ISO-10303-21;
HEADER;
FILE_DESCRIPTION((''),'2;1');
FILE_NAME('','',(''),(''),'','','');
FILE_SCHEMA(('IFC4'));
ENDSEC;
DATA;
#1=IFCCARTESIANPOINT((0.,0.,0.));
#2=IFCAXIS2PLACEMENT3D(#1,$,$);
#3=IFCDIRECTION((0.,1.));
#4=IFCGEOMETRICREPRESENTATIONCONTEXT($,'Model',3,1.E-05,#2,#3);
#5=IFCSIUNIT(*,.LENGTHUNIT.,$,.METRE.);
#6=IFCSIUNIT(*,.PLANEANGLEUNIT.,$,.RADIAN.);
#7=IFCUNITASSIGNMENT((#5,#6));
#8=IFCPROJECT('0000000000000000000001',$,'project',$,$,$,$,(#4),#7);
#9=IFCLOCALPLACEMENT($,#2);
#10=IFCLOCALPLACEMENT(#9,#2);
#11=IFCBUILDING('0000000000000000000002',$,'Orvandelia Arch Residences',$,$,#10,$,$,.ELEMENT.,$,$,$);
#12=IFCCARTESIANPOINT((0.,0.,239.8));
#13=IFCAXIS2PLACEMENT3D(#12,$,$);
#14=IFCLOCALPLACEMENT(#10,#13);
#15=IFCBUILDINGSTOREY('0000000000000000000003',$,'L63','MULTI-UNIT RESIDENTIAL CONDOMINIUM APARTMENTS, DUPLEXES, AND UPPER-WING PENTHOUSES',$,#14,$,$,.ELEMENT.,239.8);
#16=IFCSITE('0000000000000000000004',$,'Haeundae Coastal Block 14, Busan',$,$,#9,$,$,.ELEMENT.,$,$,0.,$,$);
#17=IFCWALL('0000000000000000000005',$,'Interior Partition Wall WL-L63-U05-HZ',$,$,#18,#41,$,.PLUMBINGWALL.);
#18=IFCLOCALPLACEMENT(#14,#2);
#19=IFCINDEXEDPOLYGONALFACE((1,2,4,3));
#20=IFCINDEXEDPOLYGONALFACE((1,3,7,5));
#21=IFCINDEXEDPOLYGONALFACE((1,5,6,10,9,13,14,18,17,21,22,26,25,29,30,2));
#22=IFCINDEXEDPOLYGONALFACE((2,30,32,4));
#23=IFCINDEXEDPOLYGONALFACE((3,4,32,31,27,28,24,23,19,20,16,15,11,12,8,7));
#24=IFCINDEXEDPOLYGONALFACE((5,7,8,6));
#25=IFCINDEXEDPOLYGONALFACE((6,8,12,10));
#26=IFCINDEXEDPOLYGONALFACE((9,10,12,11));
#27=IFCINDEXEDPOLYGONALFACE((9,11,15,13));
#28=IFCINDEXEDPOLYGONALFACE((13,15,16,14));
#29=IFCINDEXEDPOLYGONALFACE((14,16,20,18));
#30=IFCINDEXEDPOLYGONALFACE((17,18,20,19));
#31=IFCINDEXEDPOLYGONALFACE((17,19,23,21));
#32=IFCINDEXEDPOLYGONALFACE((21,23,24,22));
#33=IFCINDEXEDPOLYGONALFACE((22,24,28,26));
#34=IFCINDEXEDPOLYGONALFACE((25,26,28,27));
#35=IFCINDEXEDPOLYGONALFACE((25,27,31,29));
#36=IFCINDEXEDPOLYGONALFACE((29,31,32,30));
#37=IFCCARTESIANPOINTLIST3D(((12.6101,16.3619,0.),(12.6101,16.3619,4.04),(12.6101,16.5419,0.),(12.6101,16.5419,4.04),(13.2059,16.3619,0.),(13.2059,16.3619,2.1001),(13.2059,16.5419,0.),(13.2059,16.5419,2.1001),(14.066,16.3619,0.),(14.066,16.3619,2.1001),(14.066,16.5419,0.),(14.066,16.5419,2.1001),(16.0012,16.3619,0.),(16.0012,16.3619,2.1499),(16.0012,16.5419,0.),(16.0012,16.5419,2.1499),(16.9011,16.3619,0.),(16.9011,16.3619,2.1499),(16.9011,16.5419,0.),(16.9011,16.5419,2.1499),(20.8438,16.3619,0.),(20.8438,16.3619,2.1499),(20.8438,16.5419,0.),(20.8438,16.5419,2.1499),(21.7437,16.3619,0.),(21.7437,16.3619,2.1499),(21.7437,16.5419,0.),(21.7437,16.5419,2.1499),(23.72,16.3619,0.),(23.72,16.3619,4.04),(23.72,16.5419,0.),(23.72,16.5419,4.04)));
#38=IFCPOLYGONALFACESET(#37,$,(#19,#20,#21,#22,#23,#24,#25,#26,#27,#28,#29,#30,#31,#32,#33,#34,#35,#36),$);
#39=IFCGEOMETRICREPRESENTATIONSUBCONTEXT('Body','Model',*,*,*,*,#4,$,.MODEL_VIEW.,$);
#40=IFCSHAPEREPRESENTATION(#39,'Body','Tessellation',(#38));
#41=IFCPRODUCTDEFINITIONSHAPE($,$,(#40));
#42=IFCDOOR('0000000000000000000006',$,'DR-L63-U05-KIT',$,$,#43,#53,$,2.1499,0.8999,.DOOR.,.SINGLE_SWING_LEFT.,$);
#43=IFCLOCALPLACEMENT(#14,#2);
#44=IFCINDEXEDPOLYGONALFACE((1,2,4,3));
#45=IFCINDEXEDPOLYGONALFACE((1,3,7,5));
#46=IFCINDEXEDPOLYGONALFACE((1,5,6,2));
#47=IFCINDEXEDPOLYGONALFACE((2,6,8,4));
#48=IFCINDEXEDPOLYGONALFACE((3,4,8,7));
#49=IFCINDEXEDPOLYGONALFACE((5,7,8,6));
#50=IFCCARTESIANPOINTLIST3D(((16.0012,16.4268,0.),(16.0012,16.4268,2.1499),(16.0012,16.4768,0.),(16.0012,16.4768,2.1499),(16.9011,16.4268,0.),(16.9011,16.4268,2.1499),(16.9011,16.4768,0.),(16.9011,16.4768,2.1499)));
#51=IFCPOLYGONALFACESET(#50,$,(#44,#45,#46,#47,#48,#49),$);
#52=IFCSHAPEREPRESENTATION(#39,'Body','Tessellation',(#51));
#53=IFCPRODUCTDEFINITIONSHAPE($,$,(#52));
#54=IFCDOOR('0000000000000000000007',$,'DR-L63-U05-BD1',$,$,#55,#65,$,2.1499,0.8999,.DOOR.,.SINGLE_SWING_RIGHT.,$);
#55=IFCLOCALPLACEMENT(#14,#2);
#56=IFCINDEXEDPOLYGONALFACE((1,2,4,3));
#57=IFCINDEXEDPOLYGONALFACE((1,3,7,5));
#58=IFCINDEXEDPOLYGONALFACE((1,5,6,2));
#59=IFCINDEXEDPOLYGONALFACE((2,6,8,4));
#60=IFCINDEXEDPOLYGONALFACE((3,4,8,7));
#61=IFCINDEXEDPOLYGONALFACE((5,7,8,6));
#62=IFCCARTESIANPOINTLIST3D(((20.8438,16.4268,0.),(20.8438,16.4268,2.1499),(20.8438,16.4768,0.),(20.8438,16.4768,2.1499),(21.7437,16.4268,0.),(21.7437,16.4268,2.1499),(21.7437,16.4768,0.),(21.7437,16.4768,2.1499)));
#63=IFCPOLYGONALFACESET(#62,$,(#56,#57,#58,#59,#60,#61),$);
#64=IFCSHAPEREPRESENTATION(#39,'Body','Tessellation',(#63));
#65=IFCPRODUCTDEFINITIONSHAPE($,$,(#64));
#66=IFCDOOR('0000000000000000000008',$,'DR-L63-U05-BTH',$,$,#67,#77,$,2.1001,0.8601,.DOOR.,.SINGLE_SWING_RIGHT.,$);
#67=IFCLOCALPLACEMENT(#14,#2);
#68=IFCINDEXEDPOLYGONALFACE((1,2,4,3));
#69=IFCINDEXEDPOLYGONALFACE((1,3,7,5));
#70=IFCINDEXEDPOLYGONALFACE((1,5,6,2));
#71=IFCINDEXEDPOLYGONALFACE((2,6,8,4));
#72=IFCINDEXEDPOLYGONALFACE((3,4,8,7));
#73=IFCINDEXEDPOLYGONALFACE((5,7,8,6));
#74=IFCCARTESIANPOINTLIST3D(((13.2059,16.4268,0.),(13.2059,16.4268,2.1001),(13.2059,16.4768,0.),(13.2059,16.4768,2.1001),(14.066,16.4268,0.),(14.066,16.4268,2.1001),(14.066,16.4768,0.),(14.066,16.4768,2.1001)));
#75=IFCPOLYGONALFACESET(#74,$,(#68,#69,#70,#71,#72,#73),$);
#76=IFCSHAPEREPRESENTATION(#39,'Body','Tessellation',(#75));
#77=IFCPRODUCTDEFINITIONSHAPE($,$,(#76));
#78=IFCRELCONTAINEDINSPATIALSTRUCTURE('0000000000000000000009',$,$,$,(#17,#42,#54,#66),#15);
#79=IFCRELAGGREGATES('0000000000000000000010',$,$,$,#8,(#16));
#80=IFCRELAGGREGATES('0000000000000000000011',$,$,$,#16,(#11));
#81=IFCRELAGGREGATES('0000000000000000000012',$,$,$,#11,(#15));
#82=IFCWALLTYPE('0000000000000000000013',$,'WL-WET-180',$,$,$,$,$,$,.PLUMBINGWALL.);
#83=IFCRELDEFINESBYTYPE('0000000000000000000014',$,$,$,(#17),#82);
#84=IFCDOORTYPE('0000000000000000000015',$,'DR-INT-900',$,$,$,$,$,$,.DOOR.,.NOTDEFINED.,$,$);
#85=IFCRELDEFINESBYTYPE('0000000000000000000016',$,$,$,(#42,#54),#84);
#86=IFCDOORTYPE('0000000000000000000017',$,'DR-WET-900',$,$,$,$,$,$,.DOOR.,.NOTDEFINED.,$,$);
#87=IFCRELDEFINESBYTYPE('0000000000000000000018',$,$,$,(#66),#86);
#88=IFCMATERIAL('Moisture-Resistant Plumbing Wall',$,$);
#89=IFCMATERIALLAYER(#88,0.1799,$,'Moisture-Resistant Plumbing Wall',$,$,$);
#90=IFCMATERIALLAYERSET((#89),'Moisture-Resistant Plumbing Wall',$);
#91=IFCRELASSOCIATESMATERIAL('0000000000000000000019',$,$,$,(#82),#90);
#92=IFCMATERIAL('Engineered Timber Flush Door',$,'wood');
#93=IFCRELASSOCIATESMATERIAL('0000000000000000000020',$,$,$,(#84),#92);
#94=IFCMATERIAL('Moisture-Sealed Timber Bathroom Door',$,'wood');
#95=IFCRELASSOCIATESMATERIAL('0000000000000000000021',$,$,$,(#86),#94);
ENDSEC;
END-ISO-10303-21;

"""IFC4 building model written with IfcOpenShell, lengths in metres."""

from ifc_helpers import new_model, si_unit, direction, frame, frame_2d, origin, place, context, subcontext, project, spatial, rectangle, extrude, material, layer, layer_set, type_object, element, fill, save


model = new_model("IFC4")

# Units and contexts
model_context = context("Model", 3, precision=1e-05, world=origin(), true_north=direction((0.0, 1.0)))
body_context = subcontext(model_context, "Body", "Model", "MODEL_VIEW")
ifc_project = project(units=[si_unit("LENGTHUNIT", "METRE"), si_unit("PLANEANGLEUNIT", "RADIAN")], contexts=[model_context])

# Site, building, storey
site_placement = place(None, origin())
site = spatial("IfcSite", under=ifc_project, at=site_placement, Name="Haeundae Coastal Block 14, Busan", CompositionType="ELEMENT", RefElevation=0.0)
building_placement = place(site_placement, origin())
building = spatial("IfcBuilding", under=site, at=building_placement, Name="Orvandelia Arch Residences", CompositionType="ELEMENT")
storey_placement = place(building_placement, frame((0.0, 0.0, 239.8)))
storey = spatial("IfcBuildingStorey", under=building, at=storey_placement, Name="L63", Description="MULTI-UNIT RESIDENTIAL CONDOMINIUM APARTMENTS, DUPLEXES, AND UPPER-WING PENTHOUSES", CompositionType="ELEMENT", Elevation=239.8)

# Wall, openings, doors
ifc_material_1 = material(Name="Moisture-Resistant Plumbing Wall")
ifc_layer_1 = layer(ifc_material_1, 0.1799, Name="Moisture-Resistant Plumbing Wall")
ifc_layer_set_1 = layer_set([ifc_layer_1], Name="Moisture-Resistant Plumbing Wall")
wall_type_1 = type_object("IfcWallType", Name="WL-WET-180", PredefinedType="PLUMBINGWALL", material=ifc_layer_set_1)
wall_1_placement = place(storey_placement, frame((12.6101, 16.4519, 0.0), z_axis=(0.0, 0.0, 1.0), x_axis=(1.0, 0.0, 0.0)))
wall_1 = element("IfcWall", 1, at=wall_1_placement, inside=storey, type_object=wall_type_1, Name="Interior Partition Wall WL-L63-U05-HZ", PredefinedType="PLUMBINGWALL", context=body_context, shape_type="SweptSolid", body=[
    extrude(rectangle(XDim=11.1099, YDim=0.1799, at=frame_2d((5.5549, 0.0))), origin(), (0.0, 0.0, 1.0), 4.04),
])
opening_1_placement = place(wall_1_placement, frame((0.5957, 0.0, 0.0)))
opening_1 = element("IfcOpeningElement", 2, at=opening_1_placement, cuts=wall_1, PredefinedType="OPENING", context=body_context, shape_type="SweptSolid", body=[
    extrude(rectangle(XDim=0.8601, YDim=2.1001, at=frame_2d((0.4302, 1.05))), frame((0.0, 0.1001, 0.0), z_axis=(0.0, -1.0, 0.0), x_axis=(1.0, 0.0, 0.0)), (0.0, 0.0, 1.0), 0.2),
])
opening_2_placement = place(wall_1_placement, frame((3.3911, 0.0, 0.0)))
opening_2 = element("IfcOpeningElement", 3, at=opening_2_placement, cuts=wall_1, PredefinedType="OPENING", context=body_context, shape_type="SweptSolid", body=[
    extrude(rectangle(XDim=0.8999, YDim=2.1499, at=frame_2d((0.45, 1.075))), frame((0.0, 0.1001, 0.0), z_axis=(0.0, -1.0, 0.0), x_axis=(1.0, 0.0, 0.0)), (0.0, 0.0, 1.0), 0.2),
])
opening_3_placement = place(wall_1_placement, frame((8.2336, 0.0, 0.0)))
opening_3 = element("IfcOpeningElement", 4, at=opening_3_placement, cuts=wall_1, PredefinedType="OPENING", context=body_context, shape_type="SweptSolid", body=[
    extrude(rectangle(XDim=0.8999, YDim=2.1499, at=frame_2d((0.45, 1.075))), frame((0.0, 0.1001, 0.0), z_axis=(0.0, -1.0, 0.0), x_axis=(1.0, 0.0, 0.0)), (0.0, 0.0, 1.0), 0.2),
])
ifc_material_2 = material(Name="Engineered Timber Flush Door", Category="wood")
door_type_1 = type_object("IfcDoorType", Name="DR-INT-900", OperationType="NOTDEFINED", PredefinedType="DOOR", material=ifc_material_2)
door_1_placement = place(opening_2_placement, origin())
door_1 = element("IfcDoor", 5, at=door_1_placement, inside=storey, type_object=door_type_1, Name="DR-L63-U05-KIT", OperationType="SINGLE_SWING_LEFT", OverallHeight=2.1499, OverallWidth=0.8999, PredefinedType="DOOR", context=body_context, shape_type="SweptSolid", body=[
    extrude(rectangle(XDim=0.8999, YDim=2.1499, at=frame_2d((0.45, 1.075))), frame((0.0, 0.0249, 0.0), z_axis=(0.0, -1.0, 0.0), x_axis=(1.0, 0.0, 0.0)), (0.0, 0.0, 1.0), 0.05),
])
fill(opening_2, door_1)
door_2_placement = place(opening_3_placement, origin())
door_2 = element("IfcDoor", 6, at=door_2_placement, inside=storey, type_object=door_type_1, Name="DR-L63-U05-BD1", OperationType="SINGLE_SWING_RIGHT", OverallHeight=2.1499, OverallWidth=0.8999, PredefinedType="DOOR", context=body_context, shape_type="SweptSolid", body=[
    extrude(rectangle(XDim=0.8999, YDim=2.1499, at=frame_2d((0.45, 1.075))), frame((0.0, 0.0249, 0.0), z_axis=(0.0, -1.0, 0.0), x_axis=(1.0, 0.0, 0.0)), (0.0, 0.0, 1.0), 0.05),
])
fill(opening_3, door_2)
ifc_material_3 = material(Name="Moisture-Sealed Timber Bathroom Door", Category="wood")
door_type_2 = type_object("IfcDoorType", Name="DR-WET-900", OperationType="NOTDEFINED", PredefinedType="DOOR", material=ifc_material_3)
door_3_placement = place(opening_1_placement, origin())
door_3 = element("IfcDoor", 7, at=door_3_placement, inside=storey, type_object=door_type_2, Name="DR-L63-U05-BTH", OperationType="SINGLE_SWING_RIGHT", OverallHeight=2.1001, OverallWidth=0.8601, PredefinedType="DOOR", context=body_context, shape_type="SweptSolid", body=[
    extrude(rectangle(XDim=0.8601, YDim=2.1001, at=frame_2d((0.4302, 1.05))), frame((0.0, 0.0249, 0.0), z_axis=(0.0, -1.0, 0.0), x_axis=(1.0, 0.0, 0.0)), (0.0, 0.0, 1.0), 0.05),
])
fill(opening_1, door_3)

save(model, "model.ifc")
